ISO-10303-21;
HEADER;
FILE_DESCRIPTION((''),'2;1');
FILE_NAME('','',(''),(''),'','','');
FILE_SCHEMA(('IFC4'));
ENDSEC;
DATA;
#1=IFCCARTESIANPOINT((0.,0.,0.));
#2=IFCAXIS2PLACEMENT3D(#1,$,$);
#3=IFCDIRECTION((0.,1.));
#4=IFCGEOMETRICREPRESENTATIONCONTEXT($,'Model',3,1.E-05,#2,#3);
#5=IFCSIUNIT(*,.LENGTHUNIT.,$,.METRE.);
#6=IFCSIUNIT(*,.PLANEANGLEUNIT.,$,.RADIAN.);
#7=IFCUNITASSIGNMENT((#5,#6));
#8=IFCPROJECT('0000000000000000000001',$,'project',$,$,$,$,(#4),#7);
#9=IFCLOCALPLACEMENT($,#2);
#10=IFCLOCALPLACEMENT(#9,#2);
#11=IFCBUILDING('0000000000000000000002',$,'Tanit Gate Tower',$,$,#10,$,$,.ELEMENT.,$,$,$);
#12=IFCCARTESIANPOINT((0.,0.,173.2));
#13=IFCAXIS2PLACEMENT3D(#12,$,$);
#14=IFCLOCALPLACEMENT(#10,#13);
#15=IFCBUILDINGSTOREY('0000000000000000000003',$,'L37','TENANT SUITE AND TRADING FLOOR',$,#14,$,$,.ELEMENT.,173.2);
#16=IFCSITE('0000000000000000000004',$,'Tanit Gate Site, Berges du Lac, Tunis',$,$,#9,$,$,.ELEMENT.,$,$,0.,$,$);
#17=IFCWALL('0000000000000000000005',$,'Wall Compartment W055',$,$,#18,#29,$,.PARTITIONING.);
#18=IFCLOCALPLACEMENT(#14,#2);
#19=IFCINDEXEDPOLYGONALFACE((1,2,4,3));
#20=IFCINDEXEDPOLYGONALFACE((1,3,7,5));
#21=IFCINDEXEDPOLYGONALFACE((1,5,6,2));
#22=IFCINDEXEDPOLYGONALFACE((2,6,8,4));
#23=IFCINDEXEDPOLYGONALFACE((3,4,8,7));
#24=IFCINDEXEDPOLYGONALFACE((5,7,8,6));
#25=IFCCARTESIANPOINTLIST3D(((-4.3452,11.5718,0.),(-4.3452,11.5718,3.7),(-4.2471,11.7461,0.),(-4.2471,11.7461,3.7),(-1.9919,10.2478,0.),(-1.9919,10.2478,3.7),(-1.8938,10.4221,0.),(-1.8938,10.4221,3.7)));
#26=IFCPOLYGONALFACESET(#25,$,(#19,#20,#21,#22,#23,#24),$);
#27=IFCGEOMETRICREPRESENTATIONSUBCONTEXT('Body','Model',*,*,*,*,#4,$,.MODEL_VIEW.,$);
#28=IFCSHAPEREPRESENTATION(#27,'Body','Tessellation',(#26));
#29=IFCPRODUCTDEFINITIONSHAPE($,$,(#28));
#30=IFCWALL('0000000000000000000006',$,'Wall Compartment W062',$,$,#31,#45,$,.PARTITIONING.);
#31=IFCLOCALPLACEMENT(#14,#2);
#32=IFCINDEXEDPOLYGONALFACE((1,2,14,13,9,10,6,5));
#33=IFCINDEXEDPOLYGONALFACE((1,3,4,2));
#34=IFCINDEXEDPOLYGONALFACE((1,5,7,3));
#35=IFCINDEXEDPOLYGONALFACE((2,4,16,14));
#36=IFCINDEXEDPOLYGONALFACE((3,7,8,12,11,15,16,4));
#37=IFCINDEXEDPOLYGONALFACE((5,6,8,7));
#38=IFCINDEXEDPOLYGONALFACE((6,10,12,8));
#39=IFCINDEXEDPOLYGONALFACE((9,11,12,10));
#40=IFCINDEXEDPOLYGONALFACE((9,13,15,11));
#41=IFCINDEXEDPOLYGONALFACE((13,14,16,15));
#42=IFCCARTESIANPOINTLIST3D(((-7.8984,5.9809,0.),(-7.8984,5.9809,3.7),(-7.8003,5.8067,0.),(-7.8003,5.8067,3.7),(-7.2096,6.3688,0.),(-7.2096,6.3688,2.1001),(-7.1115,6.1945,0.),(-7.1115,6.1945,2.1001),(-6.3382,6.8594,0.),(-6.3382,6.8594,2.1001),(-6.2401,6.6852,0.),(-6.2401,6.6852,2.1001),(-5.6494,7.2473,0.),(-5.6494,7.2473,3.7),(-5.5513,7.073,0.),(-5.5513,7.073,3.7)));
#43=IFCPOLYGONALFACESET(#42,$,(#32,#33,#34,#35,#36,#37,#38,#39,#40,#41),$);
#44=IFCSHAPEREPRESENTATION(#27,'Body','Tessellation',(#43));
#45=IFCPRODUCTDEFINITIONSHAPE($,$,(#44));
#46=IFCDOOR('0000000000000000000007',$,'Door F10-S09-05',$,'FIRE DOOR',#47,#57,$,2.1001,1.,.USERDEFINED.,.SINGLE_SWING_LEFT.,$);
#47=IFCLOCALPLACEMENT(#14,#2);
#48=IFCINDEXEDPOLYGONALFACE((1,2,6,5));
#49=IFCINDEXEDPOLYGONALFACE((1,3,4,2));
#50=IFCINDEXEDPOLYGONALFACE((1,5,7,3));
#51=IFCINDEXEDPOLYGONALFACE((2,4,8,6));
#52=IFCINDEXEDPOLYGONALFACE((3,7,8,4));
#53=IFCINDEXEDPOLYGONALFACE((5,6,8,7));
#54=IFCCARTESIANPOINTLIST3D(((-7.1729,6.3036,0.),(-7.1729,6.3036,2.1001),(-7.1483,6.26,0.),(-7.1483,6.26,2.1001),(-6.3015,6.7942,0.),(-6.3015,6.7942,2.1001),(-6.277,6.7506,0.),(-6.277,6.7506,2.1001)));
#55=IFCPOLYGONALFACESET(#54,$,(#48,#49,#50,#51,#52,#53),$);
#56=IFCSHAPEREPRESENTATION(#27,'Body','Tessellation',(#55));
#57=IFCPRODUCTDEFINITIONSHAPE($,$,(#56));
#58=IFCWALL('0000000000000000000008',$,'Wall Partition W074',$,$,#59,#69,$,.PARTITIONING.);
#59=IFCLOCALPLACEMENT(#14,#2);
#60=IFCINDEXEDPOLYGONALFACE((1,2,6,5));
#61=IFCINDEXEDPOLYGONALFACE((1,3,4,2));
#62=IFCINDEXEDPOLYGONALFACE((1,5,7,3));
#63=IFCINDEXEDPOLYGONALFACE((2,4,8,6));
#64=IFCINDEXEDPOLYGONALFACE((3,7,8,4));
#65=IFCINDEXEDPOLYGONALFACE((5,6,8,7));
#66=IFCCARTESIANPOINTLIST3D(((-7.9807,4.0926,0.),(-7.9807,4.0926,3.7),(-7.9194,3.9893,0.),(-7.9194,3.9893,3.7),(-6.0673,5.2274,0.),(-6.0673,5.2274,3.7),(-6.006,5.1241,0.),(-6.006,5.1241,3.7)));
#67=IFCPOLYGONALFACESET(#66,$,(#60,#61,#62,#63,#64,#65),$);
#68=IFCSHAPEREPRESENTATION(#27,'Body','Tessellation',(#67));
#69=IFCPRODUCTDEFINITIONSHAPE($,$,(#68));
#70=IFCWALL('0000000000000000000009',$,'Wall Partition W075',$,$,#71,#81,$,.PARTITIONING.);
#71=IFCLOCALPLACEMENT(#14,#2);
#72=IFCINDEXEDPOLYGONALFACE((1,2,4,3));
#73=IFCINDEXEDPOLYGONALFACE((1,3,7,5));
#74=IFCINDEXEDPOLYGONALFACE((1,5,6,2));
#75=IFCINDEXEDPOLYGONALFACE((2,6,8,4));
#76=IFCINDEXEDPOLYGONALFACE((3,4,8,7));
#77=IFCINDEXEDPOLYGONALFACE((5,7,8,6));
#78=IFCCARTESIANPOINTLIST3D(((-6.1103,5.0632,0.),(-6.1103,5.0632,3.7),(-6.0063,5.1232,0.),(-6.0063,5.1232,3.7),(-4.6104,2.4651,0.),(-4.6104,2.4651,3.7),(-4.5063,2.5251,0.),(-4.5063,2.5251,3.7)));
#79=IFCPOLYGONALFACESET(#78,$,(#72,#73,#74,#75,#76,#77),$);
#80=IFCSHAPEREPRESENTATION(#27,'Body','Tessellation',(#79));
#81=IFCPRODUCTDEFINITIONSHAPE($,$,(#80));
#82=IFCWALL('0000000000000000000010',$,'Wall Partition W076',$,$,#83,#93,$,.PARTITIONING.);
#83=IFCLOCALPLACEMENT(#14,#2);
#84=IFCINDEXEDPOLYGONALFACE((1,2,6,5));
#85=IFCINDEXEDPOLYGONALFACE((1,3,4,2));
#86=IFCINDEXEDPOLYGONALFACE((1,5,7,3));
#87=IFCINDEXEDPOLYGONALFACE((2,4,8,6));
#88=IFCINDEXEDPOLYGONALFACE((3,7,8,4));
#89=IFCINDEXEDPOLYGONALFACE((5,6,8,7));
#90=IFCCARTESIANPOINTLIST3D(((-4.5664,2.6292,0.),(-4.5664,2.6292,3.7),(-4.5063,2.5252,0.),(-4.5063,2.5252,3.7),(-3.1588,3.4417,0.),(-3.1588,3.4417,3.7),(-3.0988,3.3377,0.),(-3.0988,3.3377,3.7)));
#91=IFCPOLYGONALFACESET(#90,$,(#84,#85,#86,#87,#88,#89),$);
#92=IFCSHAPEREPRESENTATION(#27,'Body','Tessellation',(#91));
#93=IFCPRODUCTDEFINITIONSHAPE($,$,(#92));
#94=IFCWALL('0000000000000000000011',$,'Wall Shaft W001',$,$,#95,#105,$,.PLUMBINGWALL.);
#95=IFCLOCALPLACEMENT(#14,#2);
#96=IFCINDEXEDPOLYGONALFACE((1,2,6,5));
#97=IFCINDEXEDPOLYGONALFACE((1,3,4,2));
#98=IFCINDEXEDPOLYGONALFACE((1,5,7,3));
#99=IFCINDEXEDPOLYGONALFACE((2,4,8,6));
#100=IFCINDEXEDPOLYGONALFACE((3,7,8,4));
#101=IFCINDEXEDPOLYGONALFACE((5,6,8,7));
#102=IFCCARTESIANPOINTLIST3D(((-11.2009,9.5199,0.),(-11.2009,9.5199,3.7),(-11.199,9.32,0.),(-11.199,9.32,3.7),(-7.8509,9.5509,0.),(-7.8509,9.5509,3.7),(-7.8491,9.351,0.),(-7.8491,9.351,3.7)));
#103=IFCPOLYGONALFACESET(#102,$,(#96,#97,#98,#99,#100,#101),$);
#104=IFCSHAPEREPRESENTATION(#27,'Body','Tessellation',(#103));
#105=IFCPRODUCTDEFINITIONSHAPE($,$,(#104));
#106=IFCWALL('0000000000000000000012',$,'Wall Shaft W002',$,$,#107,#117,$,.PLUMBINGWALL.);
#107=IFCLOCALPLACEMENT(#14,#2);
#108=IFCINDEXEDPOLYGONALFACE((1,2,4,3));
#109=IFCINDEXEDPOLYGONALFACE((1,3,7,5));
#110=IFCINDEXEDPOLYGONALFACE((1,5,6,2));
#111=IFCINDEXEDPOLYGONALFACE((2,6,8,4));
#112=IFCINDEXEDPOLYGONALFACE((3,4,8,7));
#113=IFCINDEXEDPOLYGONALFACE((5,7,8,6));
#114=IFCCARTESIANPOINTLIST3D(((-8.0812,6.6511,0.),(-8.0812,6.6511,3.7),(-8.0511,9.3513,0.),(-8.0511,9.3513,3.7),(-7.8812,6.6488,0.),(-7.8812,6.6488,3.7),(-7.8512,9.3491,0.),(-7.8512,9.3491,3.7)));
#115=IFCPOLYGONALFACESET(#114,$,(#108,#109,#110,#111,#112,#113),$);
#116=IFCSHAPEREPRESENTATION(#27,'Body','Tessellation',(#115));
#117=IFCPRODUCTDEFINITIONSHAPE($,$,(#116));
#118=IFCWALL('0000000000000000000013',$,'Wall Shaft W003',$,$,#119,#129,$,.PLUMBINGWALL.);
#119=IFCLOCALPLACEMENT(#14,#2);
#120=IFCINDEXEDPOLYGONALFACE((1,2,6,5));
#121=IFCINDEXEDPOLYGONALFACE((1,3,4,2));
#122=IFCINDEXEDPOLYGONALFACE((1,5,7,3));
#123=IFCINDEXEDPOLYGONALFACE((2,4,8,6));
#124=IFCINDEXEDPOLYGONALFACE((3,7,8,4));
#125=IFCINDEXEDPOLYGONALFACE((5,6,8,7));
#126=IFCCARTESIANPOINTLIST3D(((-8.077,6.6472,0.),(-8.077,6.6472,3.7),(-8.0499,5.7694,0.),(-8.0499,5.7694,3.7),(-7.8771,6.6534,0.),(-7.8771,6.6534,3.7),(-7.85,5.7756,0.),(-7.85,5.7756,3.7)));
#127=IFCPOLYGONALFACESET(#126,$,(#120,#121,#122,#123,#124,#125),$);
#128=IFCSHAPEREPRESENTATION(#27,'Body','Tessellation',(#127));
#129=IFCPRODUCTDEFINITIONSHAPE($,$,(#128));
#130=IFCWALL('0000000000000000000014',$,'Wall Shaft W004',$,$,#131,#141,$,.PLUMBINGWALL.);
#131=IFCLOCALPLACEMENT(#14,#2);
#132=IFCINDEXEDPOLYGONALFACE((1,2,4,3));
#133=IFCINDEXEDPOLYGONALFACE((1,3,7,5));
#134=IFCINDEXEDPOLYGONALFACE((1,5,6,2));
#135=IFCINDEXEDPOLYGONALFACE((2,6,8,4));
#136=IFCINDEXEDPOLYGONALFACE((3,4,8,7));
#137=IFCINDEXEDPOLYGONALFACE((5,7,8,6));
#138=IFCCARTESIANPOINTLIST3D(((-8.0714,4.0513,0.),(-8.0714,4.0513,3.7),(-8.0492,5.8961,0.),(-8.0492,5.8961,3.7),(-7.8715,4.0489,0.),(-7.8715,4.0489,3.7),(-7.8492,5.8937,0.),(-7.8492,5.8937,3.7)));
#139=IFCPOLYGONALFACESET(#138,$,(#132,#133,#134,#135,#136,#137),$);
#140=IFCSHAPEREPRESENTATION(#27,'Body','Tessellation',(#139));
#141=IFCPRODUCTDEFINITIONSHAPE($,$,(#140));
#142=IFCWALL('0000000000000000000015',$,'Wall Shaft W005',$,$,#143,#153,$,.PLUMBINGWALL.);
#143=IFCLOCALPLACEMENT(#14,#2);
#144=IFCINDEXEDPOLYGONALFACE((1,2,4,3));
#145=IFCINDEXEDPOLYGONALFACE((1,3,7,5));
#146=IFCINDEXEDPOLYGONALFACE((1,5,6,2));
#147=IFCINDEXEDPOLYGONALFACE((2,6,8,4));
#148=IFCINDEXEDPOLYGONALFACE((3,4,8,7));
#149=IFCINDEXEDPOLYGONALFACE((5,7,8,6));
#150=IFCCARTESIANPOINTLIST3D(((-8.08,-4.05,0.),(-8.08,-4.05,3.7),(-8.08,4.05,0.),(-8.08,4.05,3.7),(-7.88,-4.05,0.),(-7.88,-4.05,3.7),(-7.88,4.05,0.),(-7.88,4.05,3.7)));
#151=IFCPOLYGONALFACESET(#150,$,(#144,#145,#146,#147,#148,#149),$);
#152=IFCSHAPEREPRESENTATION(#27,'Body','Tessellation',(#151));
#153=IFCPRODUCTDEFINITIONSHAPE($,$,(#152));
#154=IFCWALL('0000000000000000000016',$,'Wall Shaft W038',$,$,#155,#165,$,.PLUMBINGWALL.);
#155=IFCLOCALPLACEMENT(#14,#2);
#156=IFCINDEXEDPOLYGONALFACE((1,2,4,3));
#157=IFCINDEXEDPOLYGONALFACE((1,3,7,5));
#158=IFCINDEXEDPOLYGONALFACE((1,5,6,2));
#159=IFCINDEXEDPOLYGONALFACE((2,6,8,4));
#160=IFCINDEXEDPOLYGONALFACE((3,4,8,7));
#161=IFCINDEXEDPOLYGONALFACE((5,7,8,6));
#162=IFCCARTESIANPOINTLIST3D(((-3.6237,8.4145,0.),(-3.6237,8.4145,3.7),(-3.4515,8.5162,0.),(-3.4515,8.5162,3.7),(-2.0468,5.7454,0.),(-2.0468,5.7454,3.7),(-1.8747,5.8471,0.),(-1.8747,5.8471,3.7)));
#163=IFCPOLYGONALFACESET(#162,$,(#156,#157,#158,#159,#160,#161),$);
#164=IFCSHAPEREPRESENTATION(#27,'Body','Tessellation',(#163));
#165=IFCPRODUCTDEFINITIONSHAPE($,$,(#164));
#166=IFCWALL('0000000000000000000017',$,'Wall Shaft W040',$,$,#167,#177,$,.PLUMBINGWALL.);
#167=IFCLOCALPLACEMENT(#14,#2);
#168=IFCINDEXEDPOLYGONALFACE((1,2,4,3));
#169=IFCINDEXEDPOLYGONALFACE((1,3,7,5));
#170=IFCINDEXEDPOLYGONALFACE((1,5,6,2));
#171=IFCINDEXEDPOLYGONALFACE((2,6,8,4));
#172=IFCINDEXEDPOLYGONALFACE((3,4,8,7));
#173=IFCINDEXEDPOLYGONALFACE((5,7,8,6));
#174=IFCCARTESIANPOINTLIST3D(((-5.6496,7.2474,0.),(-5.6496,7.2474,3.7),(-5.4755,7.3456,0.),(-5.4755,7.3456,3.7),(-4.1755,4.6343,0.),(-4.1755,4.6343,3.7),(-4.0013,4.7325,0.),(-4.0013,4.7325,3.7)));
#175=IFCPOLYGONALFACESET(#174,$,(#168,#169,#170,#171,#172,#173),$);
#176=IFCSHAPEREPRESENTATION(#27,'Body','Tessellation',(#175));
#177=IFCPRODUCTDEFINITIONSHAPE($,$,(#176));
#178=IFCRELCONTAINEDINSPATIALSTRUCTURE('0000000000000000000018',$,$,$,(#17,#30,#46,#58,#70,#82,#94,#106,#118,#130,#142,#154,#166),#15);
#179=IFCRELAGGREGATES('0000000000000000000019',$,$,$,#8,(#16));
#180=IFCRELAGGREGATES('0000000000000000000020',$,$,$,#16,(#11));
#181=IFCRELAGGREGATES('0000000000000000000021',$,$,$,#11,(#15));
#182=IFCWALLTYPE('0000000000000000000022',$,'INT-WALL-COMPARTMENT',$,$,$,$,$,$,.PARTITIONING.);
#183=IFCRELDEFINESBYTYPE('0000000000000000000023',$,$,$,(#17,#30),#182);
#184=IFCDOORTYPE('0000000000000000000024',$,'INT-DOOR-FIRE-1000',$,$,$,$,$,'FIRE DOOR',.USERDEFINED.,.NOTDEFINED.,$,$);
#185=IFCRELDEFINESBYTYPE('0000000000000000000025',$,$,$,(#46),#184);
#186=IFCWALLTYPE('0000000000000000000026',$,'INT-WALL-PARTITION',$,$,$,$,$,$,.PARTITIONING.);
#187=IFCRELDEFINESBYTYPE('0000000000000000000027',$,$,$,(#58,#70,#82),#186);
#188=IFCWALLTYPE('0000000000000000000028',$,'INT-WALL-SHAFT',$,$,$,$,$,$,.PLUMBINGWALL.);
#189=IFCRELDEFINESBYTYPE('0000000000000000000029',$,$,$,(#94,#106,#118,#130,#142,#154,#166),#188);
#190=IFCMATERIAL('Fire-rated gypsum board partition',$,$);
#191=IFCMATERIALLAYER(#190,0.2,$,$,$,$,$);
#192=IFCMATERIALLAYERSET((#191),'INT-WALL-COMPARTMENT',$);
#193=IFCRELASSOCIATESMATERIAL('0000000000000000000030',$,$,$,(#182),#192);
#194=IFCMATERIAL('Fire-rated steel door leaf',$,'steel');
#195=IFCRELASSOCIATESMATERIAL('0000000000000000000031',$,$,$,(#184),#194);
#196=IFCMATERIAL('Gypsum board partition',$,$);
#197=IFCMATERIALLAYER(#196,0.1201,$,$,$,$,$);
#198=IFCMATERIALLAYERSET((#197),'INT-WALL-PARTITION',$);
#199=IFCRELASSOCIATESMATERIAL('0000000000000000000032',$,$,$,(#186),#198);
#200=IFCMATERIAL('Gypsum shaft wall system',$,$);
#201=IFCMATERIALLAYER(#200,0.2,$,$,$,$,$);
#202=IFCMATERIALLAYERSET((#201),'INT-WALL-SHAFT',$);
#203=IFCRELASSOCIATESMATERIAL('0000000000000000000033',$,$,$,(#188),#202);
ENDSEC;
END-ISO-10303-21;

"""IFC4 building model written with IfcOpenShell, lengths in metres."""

from ifc_helpers import new_model, si_unit, direction, frame, frame_2d, origin, place, context, subcontext, project, spatial, rectangle, extrude, material, layer, layer_set, type_object, element, fill, save


model = new_model("IFC4")

# Units and contexts
model_context = context("Model", 3, precision=1e-05, world=origin(), true_north=direction((0.0, 1.0)))
body_context = subcontext(model_context, "Body", "Model", "MODEL_VIEW")
ifc_project = project(units=[si_unit("LENGTHUNIT", "METRE"), si_unit("PLANEANGLEUNIT", "RADIAN")], contexts=[model_context])

# Site, building, storey
site_placement = place(None, origin())
site = spatial("IfcSite", under=ifc_project, at=site_placement, Name="Tanit Gate Site, Berges du Lac, Tunis", CompositionType="ELEMENT", RefElevation=0.0)
building_placement = place(site_placement, origin())
building = spatial("IfcBuilding", under=site, at=building_placement, Name="Tanit Gate Tower", CompositionType="ELEMENT")
storey_placement = place(building_placement, frame((0.0, 0.0, 173.2)))
storey = spatial("IfcBuildingStorey", under=building, at=storey_placement, Name="L37", Description="TENANT SUITE AND TRADING FLOOR", CompositionType="ELEMENT", Elevation=173.2)

# Wall
ifc_material_1 = material(Name="Fire-rated gypsum board partition")
ifc_layer_1 = layer(ifc_material_1, 0.2)
ifc_layer_set_1 = layer_set([ifc_layer_1], Name="INT-WALL-COMPARTMENT")
wall_type_1 = type_object("IfcWallType", Name="INT-WALL-COMPARTMENT", PredefinedType="PARTITIONING", material=ifc_layer_set_1)
wall_1_placement = place(storey_placement, frame((-4.2961, 11.6589, 0.0), z_axis=(0.0, 0.0, 1.0), x_axis=(0.871534, -0.490334, 0.0)))
element("IfcWall", 1, at=wall_1_placement, inside=storey, type_object=wall_type_1, Name="Wall Compartment W055", PredefinedType="PARTITIONING", context=body_context, shape_type="SweptSolid", body=[
    extrude(rectangle(XDim=2.7002, YDim=0.2, at=frame_2d((1.3501, 0.0))), origin(), (0.0, 0.0, 1.0), 3.7),
])

# Wall, opening, door
wall_2_placement = place(storey_placement, frame((-5.6003, 7.1602, 0.0), z_axis=(0.0, 0.0, 1.0), x_axis=(-0.871363, -0.490638, 0.0)))
wall_2 = element("IfcWall", 2, at=wall_2_placement, inside=storey, type_object=wall_type_1, Name="Wall Compartment W062", PredefinedType="PARTITIONING", context=body_context, shape_type="SweptSolid", body=[
    extrude(rectangle(XDim=2.5811, YDim=0.2, at=frame_2d((1.2905, 0.0))), origin(), (0.0, 0.0, 1.0), 3.7),
])
opening_1_placement = place(wall_2_placement, frame((0.7905, 0.0, 0.0)))
opening_1 = element("IfcOpeningElement", 3, at=opening_1_placement, cuts=wall_2, PredefinedType="OPENING", context=body_context, shape_type="SweptSolid", body=[
    extrude(rectangle(XDim=1.0, YDim=2.1001, at=frame_2d((0.5, 1.05))), frame((0.0, 0.1099, 0.0), z_axis=(0.0, -1.0, 0.0), x_axis=(1.0, 0.0, 0.0)), (0.0, 0.0, 1.0), 0.22),
])
ifc_material_2 = material(Name="Fire-rated steel door leaf", Category="steel")
door_type_1 = type_object("IfcDoorType", Name="INT-DOOR-FIRE-1000", ElementType="FIRE DOOR", OperationType="NOTDEFINED", PredefinedType="USERDEFINED", material=ifc_material_2)
door_1_placement = place(opening_1_placement, origin())
door_1 = element("IfcDoor", 4, at=door_1_placement, inside=storey, type_object=door_type_1, Name="Door F10-S09-05", ObjectType="FIRE DOOR", OperationType="SINGLE_SWING_LEFT", OverallHeight=2.1001, OverallWidth=1.0, PredefinedType="USERDEFINED", context=body_context, shape_type="SweptSolid", body=[
    extrude(rectangle(XDim=1.0, YDim=2.1001, at=frame_2d((0.5, 1.05))), frame((0.0, 0.0249, 0.0), z_axis=(0.0, -1.0, 0.0), x_axis=(1.0, 0.0, 0.0)), (0.0, 0.0, 1.0), 0.05),
])
fill(opening_1, door_1)

# Walls
ifc_material_3 = material(Name="Gypsum board partition")
ifc_layer_2 = layer(ifc_material_3, 0.1201)
ifc_layer_set_2 = layer_set([ifc_layer_2], Name="INT-WALL-PARTITION")
wall_type_2 = type_object("IfcWallType", Name="INT-WALL-PARTITION", PredefinedType="PARTITIONING", material=ifc_layer_set_2)
wall_3_placement = place(storey_placement, frame((-6.0366, 5.1758, 0.0), z_axis=(0.0, 0.0, 1.0), x_axis=(-0.860106, -0.510115, 0.0)))
element("IfcWall", 5, at=wall_3_placement, inside=storey, type_object=wall_type_2, Name="Wall Partition W074", PredefinedType="PARTITIONING", context=body_context, shape_type="SweptSolid", body=[
    extrude(rectangle(XDim=2.2246, YDim=0.1201, at=frame_2d((1.1123, 0.0))), origin(), (0.0, 0.0, 1.0), 3.7),
])
wall_4_placement = place(storey_placement, frame((-4.5583, 2.4951, 0.0), z_axis=(0.0, 0.0, 1.0), x_axis=(-0.49999, 0.866031, 0.0)))
element("IfcWall", 6, at=wall_4_placement, inside=storey, type_object=wall_type_2, Name="Wall Partition W075", PredefinedType="PARTITIONING", context=body_context, shape_type="SweptSolid", body=[
    extrude(rectangle(XDim=3.0, YDim=0.1201, at=frame_2d((1.5, 0.0))), origin(), (0.0, 0.0, 1.0), 3.7),
])
wall_5_placement = place(storey_placement, frame((-3.1289, 3.3896, 0.0), z_axis=(0.0, 0.0, 1.0), x_axis=(-0.866053, -0.499952, 0.0)))
element("IfcWall", 7, at=wall_5_placement, inside=storey, type_object=wall_type_2, Name="Wall Partition W076", PredefinedType="PARTITIONING", context=body_context, shape_type="SweptSolid", body=[
    extrude(rectangle(XDim=1.6252, YDim=0.1201, at=frame_2d((0.8125, 0.0))), origin(), (0.0, 0.0, 1.0), 3.7),
])
ifc_material_4 = material(Name="Gypsum shaft wall system")
ifc_layer_3 = layer(ifc_material_4, 0.2)
ifc_layer_set_3 = layer_set([ifc_layer_3], Name="INT-WALL-SHAFT")
wall_type_3 = type_object("IfcWallType", Name="INT-WALL-SHAFT", PredefinedType="PLUMBINGWALL", material=ifc_layer_set_3)
wall_6_placement = place(storey_placement, frame((-11.2, 9.4199, 0.0), z_axis=(0.0, 0.0, 1.0), x_axis=(0.999957, 0.009255, 0.0)))
element("IfcWall", 8, at=wall_6_placement, inside=storey, type_object=wall_type_3, Name="Wall Shaft W001", PredefinedType="PLUMBINGWALL", context=body_context, shape_type="SweptSolid", body=[
    extrude(rectangle(XDim=3.3501, YDim=0.2, at=frame_2d((1.675, 0.0))), origin(), (0.0, 0.0, 1.0), 3.7),
])
wall_7_placement = place(storey_placement, frame((-7.9512, 9.3501, 0.0), z_axis=(0.0, 0.0, 1.0), x_axis=(-0.01112, -0.999938, 0.0)))
element("IfcWall", 9, at=wall_7_placement, inside=storey, type_object=wall_type_3, Name="Wall Shaft W002", PredefinedType="PLUMBINGWALL", context=body_context, shape_type="SweptSolid", body=[
    extrude(rectangle(XDim=2.7004, YDim=0.2, at=frame_2d((1.3501, 0.0))), origin(), (0.0, 0.0, 1.0), 3.7),
])
wall_8_placement = place(storey_placement, frame((-7.9771, 6.6501, 0.0), z_axis=(0.0, 0.0, 1.0), x_axis=(0.030862, -0.999524, 0.0)))
element("IfcWall", 10, at=wall_8_placement, inside=storey, type_object=wall_type_3, Name="Wall Shaft W003", PredefinedType="PLUMBINGWALL", context=body_context, shape_type="SweptSolid", body=[
    extrude(rectangle(XDim=0.8782, YDim=0.2, at=frame_2d((0.439, 0.0))), origin(), (0.0, 0.0, 1.0), 3.7),
])
wall_9_placement = place(storey_placement, frame((-7.9492, 5.8948, 0.0), z_axis=(0.0, 0.0, 1.0), x_axis=(-0.012043, -0.999927, 0.0)))
element("IfcWall", 11, at=wall_9_placement, inside=storey, type_object=wall_type_3, Name="Wall Shaft W004", PredefinedType="PLUMBINGWALL", context=body_context, shape_type="SweptSolid", body=[
    extrude(rectangle(XDim=1.845, YDim=0.2, at=frame_2d((0.9224, 0.0))), origin(), (0.0, 0.0, 1.0), 3.7),
])
wall_10_placement = place(storey_placement, frame((-7.98, 4.05, 0.0), z_axis=(0.0, 0.0, 1.0), x_axis=(0.0, -1.0, 0.0)))
element("IfcWall", 12, at=wall_10_placement, inside=storey, type_object=wall_type_3, Name="Wall Shaft W005", PredefinedType="PLUMBINGWALL", context=body_context, shape_type="SweptSolid", body=[
    extrude(rectangle(XDim=8.1001, YDim=0.2, at=frame_2d((4.05, 0.0))), origin(), (0.0, 0.0, 1.0), 3.7),
])

# Walls
wall_11_placement = place(storey_placement, frame((-3.5376, 8.4653, 0.0), z_axis=(0.0, 0.0, 1.0), x_axis=(0.508647, -0.860975, 0.0)))
element("IfcWall", 13, at=wall_11_placement, inside=storey, type_object=wall_type_3, Name="Wall Shaft W038", PredefinedType="PLUMBINGWALL", context=body_context, shape_type="SweptSolid", body=[
    extrude(rectangle(XDim=3.1001, YDim=0.2, at=frame_2d((1.55, 0.0))), origin(), (0.0, 0.0, 1.0), 3.7),
])
wall_12_placement = place(storey_placement, frame((-5.5625, 7.2964, 0.0), z_axis=(0.0, 0.0, 1.0), x_axis=(0.491347, -0.870964, 0.0)))
element("IfcWall", 14, at=wall_12_placement, inside=storey, type_object=wall_type_3, Name="Wall Shaft W040", PredefinedType="PLUMBINGWALL", context=body_context, shape_type="SweptSolid", body=[
    extrude(rectangle(XDim=3.0002, YDim=0.2, at=frame_2d((1.5, 0.0))), origin(), (0.0, 0.0, 1.0), 3.7),
])

save(model, "model.ifc")
